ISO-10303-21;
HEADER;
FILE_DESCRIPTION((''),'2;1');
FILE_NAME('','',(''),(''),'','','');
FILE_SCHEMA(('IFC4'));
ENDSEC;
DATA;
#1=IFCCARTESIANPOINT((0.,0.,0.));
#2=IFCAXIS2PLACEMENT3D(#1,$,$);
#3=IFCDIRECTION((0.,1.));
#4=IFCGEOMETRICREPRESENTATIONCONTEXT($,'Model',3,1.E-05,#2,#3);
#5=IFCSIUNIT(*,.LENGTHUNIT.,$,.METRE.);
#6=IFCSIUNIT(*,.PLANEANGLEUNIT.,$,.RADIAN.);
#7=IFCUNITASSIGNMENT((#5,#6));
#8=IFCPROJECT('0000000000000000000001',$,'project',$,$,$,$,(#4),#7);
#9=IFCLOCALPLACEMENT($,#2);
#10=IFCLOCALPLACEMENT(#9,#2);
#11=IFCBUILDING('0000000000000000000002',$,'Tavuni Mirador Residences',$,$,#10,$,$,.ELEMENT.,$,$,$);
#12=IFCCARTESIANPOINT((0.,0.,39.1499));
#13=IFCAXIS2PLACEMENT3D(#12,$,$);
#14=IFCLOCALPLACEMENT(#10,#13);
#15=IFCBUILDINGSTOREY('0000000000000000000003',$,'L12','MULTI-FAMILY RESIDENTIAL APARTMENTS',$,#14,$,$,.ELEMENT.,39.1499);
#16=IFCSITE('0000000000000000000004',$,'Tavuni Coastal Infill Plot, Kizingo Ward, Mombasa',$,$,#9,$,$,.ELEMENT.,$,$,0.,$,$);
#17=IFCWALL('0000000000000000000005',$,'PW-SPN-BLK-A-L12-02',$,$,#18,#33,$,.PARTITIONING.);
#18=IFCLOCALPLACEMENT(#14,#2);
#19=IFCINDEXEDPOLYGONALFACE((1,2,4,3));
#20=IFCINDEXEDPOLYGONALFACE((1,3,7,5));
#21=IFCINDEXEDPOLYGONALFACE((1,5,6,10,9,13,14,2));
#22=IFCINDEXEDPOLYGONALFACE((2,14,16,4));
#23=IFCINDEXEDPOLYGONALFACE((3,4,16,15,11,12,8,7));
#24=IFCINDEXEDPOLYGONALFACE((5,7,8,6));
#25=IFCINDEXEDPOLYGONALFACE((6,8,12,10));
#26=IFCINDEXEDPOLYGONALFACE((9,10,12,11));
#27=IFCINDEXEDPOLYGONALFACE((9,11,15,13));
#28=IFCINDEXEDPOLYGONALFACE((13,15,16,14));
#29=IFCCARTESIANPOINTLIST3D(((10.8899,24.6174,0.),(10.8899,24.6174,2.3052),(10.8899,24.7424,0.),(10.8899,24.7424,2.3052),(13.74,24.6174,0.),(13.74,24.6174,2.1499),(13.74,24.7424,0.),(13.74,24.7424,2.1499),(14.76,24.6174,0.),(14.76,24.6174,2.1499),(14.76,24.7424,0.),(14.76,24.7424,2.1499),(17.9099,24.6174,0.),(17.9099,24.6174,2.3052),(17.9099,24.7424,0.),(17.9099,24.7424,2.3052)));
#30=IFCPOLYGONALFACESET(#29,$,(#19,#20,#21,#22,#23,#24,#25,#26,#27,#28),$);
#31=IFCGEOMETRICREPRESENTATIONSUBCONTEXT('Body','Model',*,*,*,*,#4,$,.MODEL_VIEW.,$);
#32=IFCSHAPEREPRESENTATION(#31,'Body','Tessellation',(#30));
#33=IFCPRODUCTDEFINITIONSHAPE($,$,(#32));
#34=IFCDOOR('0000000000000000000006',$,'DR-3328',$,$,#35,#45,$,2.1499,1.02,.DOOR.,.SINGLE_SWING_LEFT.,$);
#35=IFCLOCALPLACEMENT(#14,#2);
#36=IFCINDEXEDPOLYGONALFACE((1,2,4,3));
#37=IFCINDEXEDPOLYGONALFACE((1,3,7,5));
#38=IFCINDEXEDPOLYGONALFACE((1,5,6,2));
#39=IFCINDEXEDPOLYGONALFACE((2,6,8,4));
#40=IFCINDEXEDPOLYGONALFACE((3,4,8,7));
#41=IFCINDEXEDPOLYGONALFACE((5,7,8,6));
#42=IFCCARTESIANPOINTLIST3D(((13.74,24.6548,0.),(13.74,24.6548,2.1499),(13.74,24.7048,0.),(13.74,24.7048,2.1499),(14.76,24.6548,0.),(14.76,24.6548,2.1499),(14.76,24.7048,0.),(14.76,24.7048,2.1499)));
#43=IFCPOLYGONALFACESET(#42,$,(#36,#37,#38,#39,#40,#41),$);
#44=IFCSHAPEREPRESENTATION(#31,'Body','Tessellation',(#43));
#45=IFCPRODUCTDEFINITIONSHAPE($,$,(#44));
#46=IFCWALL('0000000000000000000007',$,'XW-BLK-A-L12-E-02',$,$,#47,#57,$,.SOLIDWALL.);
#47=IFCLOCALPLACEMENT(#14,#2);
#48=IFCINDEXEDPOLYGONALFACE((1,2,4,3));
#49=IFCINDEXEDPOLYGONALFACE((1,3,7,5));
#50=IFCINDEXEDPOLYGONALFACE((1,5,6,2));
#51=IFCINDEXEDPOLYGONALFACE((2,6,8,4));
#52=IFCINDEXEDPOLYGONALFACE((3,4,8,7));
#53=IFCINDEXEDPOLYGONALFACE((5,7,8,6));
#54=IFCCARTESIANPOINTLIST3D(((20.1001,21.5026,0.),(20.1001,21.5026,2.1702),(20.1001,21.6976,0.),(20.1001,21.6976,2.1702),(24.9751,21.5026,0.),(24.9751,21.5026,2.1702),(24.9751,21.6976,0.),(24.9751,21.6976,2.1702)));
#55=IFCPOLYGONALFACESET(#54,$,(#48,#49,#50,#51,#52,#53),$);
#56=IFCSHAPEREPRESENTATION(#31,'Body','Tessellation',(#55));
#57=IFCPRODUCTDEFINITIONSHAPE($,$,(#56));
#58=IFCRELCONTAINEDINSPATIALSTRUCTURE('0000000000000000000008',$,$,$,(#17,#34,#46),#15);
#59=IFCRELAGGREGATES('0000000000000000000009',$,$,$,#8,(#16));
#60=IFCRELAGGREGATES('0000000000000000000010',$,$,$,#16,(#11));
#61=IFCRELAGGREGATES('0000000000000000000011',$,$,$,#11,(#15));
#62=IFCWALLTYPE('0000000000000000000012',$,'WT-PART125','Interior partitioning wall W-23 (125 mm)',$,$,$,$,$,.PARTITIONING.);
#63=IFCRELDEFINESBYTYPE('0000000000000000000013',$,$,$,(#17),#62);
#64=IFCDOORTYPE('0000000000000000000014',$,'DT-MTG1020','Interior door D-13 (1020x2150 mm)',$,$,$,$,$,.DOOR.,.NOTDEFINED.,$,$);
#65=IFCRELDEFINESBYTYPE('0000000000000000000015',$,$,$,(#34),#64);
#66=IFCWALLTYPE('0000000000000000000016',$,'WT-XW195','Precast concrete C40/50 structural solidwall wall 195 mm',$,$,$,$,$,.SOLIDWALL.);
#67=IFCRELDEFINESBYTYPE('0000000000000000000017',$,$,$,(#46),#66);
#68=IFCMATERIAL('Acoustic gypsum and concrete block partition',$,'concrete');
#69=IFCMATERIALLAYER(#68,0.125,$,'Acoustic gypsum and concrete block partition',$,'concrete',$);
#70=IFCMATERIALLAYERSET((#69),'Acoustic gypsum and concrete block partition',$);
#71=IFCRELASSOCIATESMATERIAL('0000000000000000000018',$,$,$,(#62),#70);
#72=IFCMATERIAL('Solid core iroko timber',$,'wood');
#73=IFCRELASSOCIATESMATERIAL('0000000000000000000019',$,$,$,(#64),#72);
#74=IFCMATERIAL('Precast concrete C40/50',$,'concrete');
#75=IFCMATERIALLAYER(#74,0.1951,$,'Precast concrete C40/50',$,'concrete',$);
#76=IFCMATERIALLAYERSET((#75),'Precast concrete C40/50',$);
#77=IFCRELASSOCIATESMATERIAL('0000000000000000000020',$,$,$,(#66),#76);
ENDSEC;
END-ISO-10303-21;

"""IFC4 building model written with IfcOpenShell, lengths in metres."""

from ifc_helpers import new_model, si_unit, direction, frame, frame_2d, origin, place, context, subcontext, project, spatial, rectangle, extrude, material, layer, layer_set, type_object, element, fill, save


model = new_model("IFC4")

# Units and contexts
model_context = context("Model", 3, precision=1e-05, world=origin(), true_north=direction((0.0, 1.0)))
body_context = subcontext(model_context, "Body", "Model", "MODEL_VIEW")
ifc_project = project(units=[si_unit("LENGTHUNIT", "METRE"), si_unit("PLANEANGLEUNIT", "RADIAN")], contexts=[model_context])

# Site, building, storey
site_placement = place(None, origin())
site = spatial("IfcSite", under=ifc_project, at=site_placement, Name="Tavuni Coastal Infill Plot, Kizingo Ward, Mombasa", CompositionType="ELEMENT", RefElevation=0.0)
building_placement = place(site_placement, origin())
building = spatial("IfcBuilding", under=site, at=building_placement, Name="Tavuni Mirador Residences", CompositionType="ELEMENT")
storey_placement = place(building_placement, frame((0.0, 0.0, 39.1499)))
storey = spatial("IfcBuildingStorey", under=building, at=storey_placement, Name="L12", Description="MULTI-FAMILY RESIDENTIAL APARTMENTS", CompositionType="ELEMENT", Elevation=39.1499)

# Shared definitions
ifc_material_1 = material(Name="Precast concrete C40/50", Category="concrete")

# Shared definitions
ifc_material_2 = material(Name="Solid core iroko timber", Category="wood")

# Wall, opening, door
ifc_material_3 = material(Name="Acoustic gypsum and concrete block partition", Category="concrete")
ifc_layer_1 = layer(ifc_material_3, 0.125, Name="Acoustic gypsum and concrete block partition", Category="concrete")
ifc_layer_set_1 = layer_set([ifc_layer_1], Name="Acoustic gypsum and concrete block partition")
wall_type_1 = type_object("IfcWallType", Name="WT-PART125", Description="Interior partitioning wall W-23 (125 mm)", PredefinedType="PARTITIONING", material=ifc_layer_set_1)
wall_1_placement = place(storey_placement, frame((10.8899, 24.6799, 0.0), z_axis=(0.0, 0.0, 1.0), x_axis=(1.0, 0.0, 0.0)))
wall_1 = element("IfcWall", 1, at=wall_1_placement, inside=storey, type_object=wall_type_1, Name="PW-SPN-BLK-A-L12-02", PredefinedType="PARTITIONING", context=body_context, shape_type="SweptSolid", body=[
    extrude(rectangle(XDim=7.02, YDim=0.125, at=frame_2d((3.51, 0.0))), origin(), (0.0, 0.0, 1.0), 2.3052),
])
opening_1_placement = place(wall_1_placement, frame((2.8501, 0.0, 0.0)))
opening_1 = element("IfcOpeningElement", 2, at=opening_1_placement, cuts=wall_1, PredefinedType="OPENING", context=body_context, shape_type="SweptSolid", body=[
    extrude(rectangle(XDim=1.02, YDim=2.1499, at=frame_2d((0.51, 1.075))), frame((0.0, 0.0725, 0.0), z_axis=(0.0, -1.0, 0.0), x_axis=(1.0, 0.0, 0.0)), (0.0, 0.0, 1.0), 0.145),
])
door_type_1 = type_object("IfcDoorType", Name="DT-MTG1020", Description="Interior door D-13 (1020x2150 mm)", OperationType="NOTDEFINED", PredefinedType="DOOR", material=ifc_material_2)
door_1_placement = place(opening_1_placement, origin())
door_1 = element("IfcDoor", 3, at=door_1_placement, inside=storey, type_object=door_type_1, Name="DR-3328", OperationType="SINGLE_SWING_LEFT", OverallHeight=2.1499, OverallWidth=1.02, PredefinedType="DOOR", context=body_context, shape_type="SweptSolid", body=[
    extrude(rectangle(XDim=1.02, YDim=2.1499, at=frame_2d((0.51, 1.075))), frame((0.0, 0.0249, 0.0), z_axis=(0.0, -1.0, 0.0), x_axis=(1.0, 0.0, 0.0)), (0.0, 0.0, 1.0), 0.05),
])
fill(opening_1, door_1)

# Wall
ifc_layer_2 = layer(ifc_material_1, 0.1951, Name="Precast concrete C40/50", Category="concrete")
ifc_layer_set_2 = layer_set([ifc_layer_2], Name="Precast concrete C40/50")
wall_type_2 = type_object("IfcWallType", Name="WT-XW195", Description="Precast concrete C40/50 structural solidwall wall 195 mm", PredefinedType="SOLIDWALL", material=ifc_layer_set_2)
wall_2_placement = place(storey_placement, frame((20.1001, 21.6001, 0.0), z_axis=(0.0, 0.0, 1.0), x_axis=(1.0, 0.0, 0.0)))
element("IfcWall", 4, at=wall_2_placement, inside=storey, type_object=wall_type_2, Name="XW-BLK-A-L12-E-02", PredefinedType="SOLIDWALL", context=body_context, shape_type="SweptSolid", body=[
    extrude(rectangle(XDim=4.875, YDim=0.1951, at=frame_2d((2.4375, 0.0))), origin(), (0.0, 0.0, 1.0), 2.1702),
])

save(model, "model.ifc")
